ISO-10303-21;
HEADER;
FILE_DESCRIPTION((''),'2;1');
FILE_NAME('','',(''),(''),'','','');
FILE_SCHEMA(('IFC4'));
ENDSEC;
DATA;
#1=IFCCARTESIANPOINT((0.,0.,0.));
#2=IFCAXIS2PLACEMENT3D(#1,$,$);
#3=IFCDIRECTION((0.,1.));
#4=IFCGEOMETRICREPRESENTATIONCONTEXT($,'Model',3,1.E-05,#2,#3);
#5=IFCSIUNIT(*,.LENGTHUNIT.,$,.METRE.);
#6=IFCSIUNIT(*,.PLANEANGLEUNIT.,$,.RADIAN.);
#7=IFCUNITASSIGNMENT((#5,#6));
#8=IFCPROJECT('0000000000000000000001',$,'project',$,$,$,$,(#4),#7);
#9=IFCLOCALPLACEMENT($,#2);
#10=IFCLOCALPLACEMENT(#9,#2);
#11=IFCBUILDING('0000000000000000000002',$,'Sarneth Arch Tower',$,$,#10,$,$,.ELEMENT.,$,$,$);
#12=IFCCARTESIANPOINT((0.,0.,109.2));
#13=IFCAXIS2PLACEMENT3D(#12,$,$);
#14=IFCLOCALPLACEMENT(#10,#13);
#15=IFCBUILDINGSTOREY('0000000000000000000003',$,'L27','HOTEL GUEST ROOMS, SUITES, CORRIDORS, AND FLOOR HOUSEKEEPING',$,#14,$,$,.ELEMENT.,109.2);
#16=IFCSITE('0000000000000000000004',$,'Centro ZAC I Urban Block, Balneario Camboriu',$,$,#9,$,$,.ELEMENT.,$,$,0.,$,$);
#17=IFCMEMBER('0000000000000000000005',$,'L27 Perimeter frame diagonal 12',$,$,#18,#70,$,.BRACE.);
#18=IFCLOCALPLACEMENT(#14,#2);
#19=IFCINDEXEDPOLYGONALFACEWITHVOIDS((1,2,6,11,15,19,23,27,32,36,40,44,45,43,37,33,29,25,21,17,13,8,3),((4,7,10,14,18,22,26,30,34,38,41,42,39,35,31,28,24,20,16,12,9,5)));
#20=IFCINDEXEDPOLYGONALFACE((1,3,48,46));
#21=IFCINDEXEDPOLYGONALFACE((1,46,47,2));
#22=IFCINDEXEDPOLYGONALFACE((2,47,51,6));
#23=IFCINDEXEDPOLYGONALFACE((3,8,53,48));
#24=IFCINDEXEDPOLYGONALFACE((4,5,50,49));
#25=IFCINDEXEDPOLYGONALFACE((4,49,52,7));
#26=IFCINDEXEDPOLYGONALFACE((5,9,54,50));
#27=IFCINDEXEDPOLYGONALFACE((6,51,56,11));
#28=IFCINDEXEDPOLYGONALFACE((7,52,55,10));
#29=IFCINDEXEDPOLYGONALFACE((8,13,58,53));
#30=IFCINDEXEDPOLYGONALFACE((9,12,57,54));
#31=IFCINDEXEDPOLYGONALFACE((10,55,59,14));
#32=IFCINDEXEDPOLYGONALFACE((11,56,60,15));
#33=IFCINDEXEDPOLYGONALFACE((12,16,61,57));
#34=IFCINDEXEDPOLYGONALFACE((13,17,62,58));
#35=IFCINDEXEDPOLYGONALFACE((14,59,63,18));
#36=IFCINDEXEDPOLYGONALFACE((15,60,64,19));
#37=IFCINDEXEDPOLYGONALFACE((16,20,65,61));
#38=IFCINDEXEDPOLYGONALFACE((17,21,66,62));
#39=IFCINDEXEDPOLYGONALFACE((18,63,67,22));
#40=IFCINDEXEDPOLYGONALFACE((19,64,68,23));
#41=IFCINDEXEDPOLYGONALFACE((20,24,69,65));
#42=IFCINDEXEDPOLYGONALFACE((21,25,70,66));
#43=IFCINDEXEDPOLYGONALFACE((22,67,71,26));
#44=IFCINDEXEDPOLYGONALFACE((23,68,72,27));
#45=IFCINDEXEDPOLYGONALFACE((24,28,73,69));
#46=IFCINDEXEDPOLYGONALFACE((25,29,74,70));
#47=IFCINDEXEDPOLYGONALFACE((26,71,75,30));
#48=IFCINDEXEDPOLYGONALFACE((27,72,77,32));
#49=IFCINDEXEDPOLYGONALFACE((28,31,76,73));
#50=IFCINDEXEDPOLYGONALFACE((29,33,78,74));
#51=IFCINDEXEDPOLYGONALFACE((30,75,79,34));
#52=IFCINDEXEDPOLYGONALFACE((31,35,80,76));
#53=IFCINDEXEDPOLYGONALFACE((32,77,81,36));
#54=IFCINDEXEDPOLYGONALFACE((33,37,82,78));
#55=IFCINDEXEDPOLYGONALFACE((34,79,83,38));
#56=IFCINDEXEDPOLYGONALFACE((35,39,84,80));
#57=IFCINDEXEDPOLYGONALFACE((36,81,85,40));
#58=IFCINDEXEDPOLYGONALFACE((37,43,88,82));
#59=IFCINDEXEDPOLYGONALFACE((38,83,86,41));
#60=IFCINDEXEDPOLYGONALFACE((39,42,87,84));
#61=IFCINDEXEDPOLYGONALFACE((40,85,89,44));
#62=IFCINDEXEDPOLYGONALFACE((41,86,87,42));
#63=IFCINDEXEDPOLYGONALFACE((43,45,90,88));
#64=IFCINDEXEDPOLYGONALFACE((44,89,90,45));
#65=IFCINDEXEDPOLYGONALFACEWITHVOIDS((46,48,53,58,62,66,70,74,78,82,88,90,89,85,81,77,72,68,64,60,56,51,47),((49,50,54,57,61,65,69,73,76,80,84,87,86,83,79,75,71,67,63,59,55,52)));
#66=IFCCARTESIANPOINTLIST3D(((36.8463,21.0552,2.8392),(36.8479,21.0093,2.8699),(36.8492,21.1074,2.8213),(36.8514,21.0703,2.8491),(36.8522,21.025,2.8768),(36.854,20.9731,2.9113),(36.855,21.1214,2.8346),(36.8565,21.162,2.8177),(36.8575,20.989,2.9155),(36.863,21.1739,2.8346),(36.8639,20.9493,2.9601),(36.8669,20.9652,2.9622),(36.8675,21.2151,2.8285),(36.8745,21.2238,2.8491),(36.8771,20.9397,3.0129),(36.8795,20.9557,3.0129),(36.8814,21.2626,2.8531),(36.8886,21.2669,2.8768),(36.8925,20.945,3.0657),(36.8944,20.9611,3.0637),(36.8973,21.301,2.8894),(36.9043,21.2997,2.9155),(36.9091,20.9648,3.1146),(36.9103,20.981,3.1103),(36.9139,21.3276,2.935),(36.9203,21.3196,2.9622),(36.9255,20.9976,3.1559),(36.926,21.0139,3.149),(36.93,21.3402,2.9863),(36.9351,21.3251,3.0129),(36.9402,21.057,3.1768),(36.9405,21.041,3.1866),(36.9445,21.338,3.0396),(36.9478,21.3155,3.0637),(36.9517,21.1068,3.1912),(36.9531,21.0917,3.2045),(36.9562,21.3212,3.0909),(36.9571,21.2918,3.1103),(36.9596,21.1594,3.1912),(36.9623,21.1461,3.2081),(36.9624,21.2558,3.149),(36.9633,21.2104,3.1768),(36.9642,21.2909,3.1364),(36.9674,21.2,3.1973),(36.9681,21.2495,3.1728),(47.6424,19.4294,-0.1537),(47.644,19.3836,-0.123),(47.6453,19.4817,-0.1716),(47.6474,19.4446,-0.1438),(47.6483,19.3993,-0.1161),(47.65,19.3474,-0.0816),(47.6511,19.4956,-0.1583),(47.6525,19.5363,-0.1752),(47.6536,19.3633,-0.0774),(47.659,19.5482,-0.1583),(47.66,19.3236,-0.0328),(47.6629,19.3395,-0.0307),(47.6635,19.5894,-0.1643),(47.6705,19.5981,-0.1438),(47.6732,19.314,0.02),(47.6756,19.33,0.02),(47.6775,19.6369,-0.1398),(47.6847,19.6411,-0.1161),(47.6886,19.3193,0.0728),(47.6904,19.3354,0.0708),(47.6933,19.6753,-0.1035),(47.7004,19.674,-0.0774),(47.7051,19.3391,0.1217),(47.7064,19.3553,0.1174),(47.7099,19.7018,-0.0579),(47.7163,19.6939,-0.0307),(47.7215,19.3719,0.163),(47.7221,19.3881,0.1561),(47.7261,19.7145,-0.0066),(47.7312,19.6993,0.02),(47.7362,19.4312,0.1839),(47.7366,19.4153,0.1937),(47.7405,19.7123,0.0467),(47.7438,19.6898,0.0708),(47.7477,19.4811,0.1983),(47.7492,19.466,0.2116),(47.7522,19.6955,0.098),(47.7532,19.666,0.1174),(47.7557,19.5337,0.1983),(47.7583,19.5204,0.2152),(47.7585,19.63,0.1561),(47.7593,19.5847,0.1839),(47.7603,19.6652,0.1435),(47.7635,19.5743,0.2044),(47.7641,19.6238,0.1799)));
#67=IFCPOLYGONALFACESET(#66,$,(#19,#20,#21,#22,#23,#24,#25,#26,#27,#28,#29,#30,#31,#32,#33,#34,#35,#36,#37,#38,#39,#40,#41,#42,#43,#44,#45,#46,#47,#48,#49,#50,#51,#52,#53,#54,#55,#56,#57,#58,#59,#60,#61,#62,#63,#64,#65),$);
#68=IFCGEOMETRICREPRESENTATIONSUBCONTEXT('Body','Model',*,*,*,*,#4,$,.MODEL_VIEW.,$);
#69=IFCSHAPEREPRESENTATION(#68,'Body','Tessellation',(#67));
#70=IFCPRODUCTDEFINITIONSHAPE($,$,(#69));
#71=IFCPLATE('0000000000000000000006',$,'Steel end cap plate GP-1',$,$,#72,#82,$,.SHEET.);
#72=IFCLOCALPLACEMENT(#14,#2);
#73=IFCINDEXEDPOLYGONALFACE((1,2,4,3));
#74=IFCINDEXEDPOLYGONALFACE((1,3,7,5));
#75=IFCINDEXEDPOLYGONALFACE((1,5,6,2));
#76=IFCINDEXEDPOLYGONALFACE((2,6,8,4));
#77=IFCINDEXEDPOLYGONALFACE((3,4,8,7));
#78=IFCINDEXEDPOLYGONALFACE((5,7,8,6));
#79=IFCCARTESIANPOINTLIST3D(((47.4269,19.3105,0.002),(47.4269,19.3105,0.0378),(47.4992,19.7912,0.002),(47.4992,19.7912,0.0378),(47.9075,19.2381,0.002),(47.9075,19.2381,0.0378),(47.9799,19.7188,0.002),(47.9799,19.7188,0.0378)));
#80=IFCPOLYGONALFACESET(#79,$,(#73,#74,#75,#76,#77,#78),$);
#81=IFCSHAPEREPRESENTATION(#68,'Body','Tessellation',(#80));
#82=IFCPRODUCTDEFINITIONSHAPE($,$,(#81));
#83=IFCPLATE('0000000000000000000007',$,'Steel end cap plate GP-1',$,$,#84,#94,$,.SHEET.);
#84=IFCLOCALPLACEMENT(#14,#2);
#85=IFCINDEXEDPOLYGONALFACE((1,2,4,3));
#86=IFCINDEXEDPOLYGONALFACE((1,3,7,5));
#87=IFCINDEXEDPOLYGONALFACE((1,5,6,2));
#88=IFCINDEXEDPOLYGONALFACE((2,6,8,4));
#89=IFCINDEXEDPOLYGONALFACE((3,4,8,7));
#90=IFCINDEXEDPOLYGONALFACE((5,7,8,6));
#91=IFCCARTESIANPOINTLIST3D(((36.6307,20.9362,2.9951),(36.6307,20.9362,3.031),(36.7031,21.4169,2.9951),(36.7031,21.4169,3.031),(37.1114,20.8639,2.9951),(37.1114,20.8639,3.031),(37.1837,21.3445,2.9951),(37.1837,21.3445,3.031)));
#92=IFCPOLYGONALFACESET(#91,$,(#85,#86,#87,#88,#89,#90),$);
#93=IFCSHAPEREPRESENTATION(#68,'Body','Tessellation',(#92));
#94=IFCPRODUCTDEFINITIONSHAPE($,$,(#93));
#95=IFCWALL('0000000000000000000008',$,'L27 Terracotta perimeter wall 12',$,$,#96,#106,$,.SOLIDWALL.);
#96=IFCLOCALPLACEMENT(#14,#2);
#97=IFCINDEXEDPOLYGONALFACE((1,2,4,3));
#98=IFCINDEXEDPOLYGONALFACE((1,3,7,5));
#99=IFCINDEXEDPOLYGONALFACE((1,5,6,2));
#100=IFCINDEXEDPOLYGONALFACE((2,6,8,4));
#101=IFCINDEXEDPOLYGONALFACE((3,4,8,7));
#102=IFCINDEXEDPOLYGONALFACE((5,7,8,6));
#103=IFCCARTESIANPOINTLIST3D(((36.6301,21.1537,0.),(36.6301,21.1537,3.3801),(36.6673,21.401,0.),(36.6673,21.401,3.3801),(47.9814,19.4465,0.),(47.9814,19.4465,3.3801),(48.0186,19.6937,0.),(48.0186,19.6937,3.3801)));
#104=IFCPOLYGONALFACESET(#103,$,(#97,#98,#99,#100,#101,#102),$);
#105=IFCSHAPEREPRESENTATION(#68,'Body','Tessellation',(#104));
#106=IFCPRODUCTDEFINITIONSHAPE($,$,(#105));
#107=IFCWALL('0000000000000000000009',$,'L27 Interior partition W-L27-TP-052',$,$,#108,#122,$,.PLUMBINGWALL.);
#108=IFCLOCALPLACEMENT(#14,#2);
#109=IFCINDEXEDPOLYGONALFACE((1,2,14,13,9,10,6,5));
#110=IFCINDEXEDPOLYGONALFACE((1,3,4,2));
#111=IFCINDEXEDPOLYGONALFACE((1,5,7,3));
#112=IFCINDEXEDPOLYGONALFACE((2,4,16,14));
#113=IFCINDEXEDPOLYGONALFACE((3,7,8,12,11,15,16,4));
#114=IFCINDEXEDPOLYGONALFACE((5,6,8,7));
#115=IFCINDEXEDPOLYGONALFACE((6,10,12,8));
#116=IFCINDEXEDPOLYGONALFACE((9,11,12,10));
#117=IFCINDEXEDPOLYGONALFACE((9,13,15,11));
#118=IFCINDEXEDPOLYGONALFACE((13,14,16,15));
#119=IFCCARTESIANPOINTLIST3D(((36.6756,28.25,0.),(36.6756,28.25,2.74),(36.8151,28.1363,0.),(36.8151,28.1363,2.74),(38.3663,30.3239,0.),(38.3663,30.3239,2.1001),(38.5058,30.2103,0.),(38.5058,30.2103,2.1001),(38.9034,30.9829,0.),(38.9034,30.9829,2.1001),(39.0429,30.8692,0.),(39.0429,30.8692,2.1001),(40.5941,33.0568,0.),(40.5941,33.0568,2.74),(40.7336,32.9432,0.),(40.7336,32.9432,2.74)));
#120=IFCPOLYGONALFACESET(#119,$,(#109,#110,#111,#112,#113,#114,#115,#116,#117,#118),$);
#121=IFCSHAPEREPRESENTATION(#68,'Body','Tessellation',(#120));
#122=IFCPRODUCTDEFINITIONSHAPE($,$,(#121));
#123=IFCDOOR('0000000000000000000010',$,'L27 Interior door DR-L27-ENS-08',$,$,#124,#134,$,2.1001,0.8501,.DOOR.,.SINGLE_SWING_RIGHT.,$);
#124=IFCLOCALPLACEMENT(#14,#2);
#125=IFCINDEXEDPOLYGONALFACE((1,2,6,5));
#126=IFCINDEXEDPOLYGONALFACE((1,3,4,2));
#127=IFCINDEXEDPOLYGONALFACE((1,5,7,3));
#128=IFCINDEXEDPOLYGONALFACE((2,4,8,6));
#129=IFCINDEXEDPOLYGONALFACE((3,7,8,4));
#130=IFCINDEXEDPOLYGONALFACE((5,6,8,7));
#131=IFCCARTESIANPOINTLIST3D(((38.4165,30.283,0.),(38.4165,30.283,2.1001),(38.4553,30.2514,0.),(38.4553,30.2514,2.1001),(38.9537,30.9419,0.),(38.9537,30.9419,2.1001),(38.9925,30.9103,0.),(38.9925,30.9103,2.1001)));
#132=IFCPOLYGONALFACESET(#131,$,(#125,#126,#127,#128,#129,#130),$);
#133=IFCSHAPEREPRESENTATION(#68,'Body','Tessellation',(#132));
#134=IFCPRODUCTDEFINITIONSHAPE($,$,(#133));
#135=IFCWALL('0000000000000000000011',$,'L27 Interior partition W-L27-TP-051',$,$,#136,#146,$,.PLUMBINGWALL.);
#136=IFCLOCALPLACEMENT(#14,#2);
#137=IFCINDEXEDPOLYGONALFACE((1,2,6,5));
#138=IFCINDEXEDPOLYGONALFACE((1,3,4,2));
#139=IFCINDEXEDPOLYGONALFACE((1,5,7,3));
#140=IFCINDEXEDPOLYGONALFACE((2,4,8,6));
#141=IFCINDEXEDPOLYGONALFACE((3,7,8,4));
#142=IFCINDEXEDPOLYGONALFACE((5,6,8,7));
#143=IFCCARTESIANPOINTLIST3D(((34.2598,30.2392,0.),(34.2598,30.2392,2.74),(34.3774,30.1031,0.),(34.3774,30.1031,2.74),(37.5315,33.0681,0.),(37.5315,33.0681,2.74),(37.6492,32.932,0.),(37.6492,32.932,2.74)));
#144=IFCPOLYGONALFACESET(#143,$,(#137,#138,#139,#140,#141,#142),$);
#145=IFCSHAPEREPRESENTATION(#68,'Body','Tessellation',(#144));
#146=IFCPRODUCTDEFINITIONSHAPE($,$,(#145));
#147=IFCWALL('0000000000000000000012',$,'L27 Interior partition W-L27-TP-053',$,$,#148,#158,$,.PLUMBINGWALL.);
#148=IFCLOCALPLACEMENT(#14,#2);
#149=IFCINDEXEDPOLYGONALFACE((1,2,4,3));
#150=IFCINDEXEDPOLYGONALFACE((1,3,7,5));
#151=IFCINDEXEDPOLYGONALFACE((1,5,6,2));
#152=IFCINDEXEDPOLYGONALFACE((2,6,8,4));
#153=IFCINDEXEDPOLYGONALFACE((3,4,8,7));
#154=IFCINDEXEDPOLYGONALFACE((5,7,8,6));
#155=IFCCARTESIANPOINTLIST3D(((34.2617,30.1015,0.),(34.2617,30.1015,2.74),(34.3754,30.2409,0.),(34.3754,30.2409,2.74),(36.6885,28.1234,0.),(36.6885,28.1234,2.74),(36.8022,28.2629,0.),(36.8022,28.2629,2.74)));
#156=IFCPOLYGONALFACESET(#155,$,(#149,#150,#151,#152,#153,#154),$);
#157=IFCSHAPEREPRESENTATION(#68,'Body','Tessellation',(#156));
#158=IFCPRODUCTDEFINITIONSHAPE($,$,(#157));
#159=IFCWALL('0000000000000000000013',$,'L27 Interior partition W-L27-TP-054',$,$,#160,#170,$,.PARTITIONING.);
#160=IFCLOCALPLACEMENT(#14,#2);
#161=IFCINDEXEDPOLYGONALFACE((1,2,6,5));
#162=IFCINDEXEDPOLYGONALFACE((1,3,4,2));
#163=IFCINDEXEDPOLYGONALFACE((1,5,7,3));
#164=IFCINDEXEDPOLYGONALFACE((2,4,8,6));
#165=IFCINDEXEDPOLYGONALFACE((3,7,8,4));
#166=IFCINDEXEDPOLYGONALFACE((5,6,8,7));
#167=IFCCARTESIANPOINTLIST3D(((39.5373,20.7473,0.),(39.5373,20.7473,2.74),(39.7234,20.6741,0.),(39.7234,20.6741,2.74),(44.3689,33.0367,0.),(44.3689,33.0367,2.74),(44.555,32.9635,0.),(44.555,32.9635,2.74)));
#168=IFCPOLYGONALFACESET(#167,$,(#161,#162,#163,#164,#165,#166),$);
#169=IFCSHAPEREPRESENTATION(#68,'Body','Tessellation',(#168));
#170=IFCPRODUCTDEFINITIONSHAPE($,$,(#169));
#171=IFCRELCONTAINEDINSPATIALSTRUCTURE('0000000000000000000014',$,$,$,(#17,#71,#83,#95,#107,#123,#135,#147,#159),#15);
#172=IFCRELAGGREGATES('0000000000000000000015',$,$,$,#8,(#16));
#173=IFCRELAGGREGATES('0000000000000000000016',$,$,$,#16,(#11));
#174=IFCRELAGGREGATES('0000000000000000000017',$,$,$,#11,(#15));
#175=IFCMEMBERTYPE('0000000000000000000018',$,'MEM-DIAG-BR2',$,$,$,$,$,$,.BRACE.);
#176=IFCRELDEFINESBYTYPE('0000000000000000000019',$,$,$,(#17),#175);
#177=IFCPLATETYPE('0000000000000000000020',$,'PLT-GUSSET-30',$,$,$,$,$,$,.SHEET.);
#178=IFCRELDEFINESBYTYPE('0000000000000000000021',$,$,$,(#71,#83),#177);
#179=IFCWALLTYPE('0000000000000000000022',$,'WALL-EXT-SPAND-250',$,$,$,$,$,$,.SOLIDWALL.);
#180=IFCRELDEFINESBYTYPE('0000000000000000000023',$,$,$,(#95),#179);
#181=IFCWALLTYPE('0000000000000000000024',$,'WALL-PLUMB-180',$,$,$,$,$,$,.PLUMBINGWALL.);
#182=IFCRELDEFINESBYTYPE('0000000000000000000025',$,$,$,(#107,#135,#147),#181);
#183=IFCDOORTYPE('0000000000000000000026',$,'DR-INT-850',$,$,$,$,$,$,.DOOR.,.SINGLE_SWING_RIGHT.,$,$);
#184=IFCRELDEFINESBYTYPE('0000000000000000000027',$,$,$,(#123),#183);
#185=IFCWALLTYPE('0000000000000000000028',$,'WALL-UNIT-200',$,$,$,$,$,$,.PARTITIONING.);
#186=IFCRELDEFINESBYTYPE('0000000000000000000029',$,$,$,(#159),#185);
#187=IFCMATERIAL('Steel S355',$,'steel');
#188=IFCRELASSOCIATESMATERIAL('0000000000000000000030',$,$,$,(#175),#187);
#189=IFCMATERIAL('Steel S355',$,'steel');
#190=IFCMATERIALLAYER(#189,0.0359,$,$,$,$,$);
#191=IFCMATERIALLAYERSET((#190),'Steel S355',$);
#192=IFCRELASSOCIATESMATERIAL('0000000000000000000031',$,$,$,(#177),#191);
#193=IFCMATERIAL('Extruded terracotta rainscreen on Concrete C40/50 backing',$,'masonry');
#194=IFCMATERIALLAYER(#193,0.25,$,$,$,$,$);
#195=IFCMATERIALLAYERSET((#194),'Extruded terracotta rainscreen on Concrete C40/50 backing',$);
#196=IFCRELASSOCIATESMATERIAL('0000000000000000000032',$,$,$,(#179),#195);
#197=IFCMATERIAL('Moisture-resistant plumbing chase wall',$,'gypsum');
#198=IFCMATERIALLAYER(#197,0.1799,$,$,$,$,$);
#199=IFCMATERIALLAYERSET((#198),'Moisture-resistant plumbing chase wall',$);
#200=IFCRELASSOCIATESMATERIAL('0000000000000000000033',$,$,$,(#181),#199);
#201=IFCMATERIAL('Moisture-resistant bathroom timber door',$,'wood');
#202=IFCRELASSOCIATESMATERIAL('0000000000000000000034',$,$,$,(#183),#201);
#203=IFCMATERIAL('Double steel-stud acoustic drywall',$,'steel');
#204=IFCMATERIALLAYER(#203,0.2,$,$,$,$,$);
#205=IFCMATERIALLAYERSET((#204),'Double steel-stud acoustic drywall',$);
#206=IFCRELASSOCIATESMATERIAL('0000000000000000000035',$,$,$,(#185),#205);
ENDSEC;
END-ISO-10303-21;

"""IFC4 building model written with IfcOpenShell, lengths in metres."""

from ifc_helpers import new_model, si_unit, direction, frame, frame_2d, origin, origin_2d, place, context, subcontext, project, spatial, rectangle, hollow_circle, extrude, material, layer, layer_set, material_profile, profile_set, type_object, element, fill, save


model = new_model("IFC4")

# Units and contexts
model_context = context("Model", 3, precision=1e-05, world=origin(), true_north=direction((0.0, 1.0)))
body_context = subcontext(model_context, "Body", "Model", "MODEL_VIEW")
ifc_project = project(units=[si_unit("LENGTHUNIT", "METRE"), si_unit("PLANEANGLEUNIT", "RADIAN")], contexts=[model_context])

# Site, building, storey
site_placement = place(None, origin())
site = spatial("IfcSite", under=ifc_project, at=site_placement, Name="Centro ZAC I Urban Block, Balneario Camboriu", CompositionType="ELEMENT", RefElevation=0.0)
building_placement = place(site_placement, origin())
building = spatial("IfcBuilding", under=site, at=building_placement, Name="Sarneth Arch Tower", CompositionType="ELEMENT")
storey_placement = place(building_placement, frame((0.0, 0.0, 109.2)))
storey = spatial("IfcBuildingStorey", under=building, at=storey_placement, Name="L27", Description="HOTEL GUEST ROOMS, SUITES, CORRIDORS, AND FLOOR HOUSEKEEPING", CompositionType="ELEMENT", Elevation=109.2)

# Member
ifc_material_1 = material(Name="Steel S355", Category="steel")
ifc_material_profile_1 = material_profile(ifc_material_1, hollow_circle(Radius=0.2029, WallThickness=0.0161, at=origin_2d()), Name="CHS406x16")
ifc_profile_set_1 = profile_set([ifc_material_profile_1], Name="Steel S355")
member_type_1 = type_object("IfcMemberType", Name="MEM-DIAG-BR2", PredefinedType="BRACE", material=ifc_profile_set_1)
member_1_placement = place(storey_placement, frame((47.7034, 19.5146, 0.02), z_axis=(-0.953668, 0.143608, 0.264377), x_axis=(-0.148906, -0.988851, 0.0)))
element("IfcMember", 1, at=member_1_placement, inside=storey, type_object=member_type_1, Name="L27 Perimeter frame diagonal 12", PredefinedType="BRACE", context=body_context, shape_type="SweptSolid", body=[
    extrude(hollow_circle(Radius=0.2029, WallThickness=0.0161, at=origin_2d()), origin(), (0.0, 0.0, 1.0), 11.3206),
])

# Plates
ifc_material_2 = material(Name="Steel S355", Category="steel")
ifc_layer_1 = layer(ifc_material_2, 0.0359)
ifc_layer_set_1 = layer_set([ifc_layer_1], Name="Steel S355")
plate_type = type_object("IfcPlateType", Name="PLT-GUSSET-30", PredefinedType="SHEET", material=ifc_layer_set_1)
for number, where, z_axis, x_axis, name in (
    (2, (47.7034, 19.5146, 0.002), (0.0, 0.0, 1.0), (0.988861, -0.148845, 0.0), "Steel end cap plate GP-1"),
    (3, (36.9072, 21.1404, 2.9951), (0.0, 0.0, 1.0), (0.988861, -0.148845, 0.0), "Steel end cap plate GP-1"),
):
    element("IfcPlate", number, at=place(storey_placement, frame(where, z_axis=z_axis, x_axis=x_axis)), inside=storey, type_object=plate_type, Name=name, PredefinedType="SHEET", context=body_context, shape_type="SweptSolid", body=[
        extrude(rectangle(XDim=0.4861, YDim=0.4861, at=origin_2d()), origin(), (0.0, 0.0, 1.0), 0.0359),
    ])

# Wall
ifc_material_3 = material(Name="Extruded terracotta rainscreen on Concrete C40/50 backing", Category="masonry")
ifc_layer_2 = layer(ifc_material_3, 0.25)
ifc_layer_set_2 = layer_set([ifc_layer_2], Name="Extruded terracotta rainscreen on Concrete C40/50 backing")
wall_type_1 = type_object("IfcWallType", Name="WALL-EXT-SPAND-250", PredefinedType="SOLIDWALL", material=ifc_layer_set_2)
wall_1_placement = place(storey_placement, frame((36.6487, 21.2773, 0.0), z_axis=(0.0, 0.0, 1.0), x_axis=(0.988878, -0.14873, 0.0)))
element("IfcWall", 4, at=wall_1_placement, inside=storey, type_object=wall_type_1, Name="L27 Terracotta perimeter wall 12", PredefinedType="SOLIDWALL", context=body_context, shape_type="SweptSolid", body=[
    extrude(rectangle(XDim=11.479, YDim=0.25, at=frame_2d((5.7395, 0.0))), origin(), (0.0, 0.0, 1.0), 3.3801),
])

# Wall, opening, door
ifc_material_4 = material(Name="Moisture-resistant plumbing chase wall", Category="gypsum")
ifc_layer_3 = layer(ifc_material_4, 0.1799)
ifc_layer_set_3 = layer_set([ifc_layer_3], Name="Moisture-resistant plumbing chase wall")
wall_type_2 = type_object("IfcWallType", Name="WALL-PLUMB-180", PredefinedType="PLUMBINGWALL", material=ifc_layer_set_3)
wall_2_placement = place(storey_placement, frame((40.6638, 33.0, 0.0), z_axis=(0.0, 0.0, 1.0), x_axis=(-0.631841, -0.775098, 0.0)))
wall_2 = element("IfcWall", 5, at=wall_2_placement, inside=storey, type_object=wall_type_2, Name="L27 Interior partition W-L27-TP-052", PredefinedType="PLUMBINGWALL", context=body_context, shape_type="SweptSolid", body=[
    extrude(rectangle(XDim=6.2017, YDim=0.1799, at=frame_2d((3.1008, 0.0))), origin(), (0.0, 0.0, 1.0), 2.74),
])
opening_1_placement = place(wall_2_placement, frame((2.6758, 0.0, 0.0)))
opening_1 = element("IfcOpeningElement", 6, at=opening_1_placement, cuts=wall_2, PredefinedType="OPENING", context=body_context, shape_type="SweptSolid", body=[
    extrude(rectangle(XDim=0.8501, YDim=2.1001, at=frame_2d((0.425, 1.05))), frame((0.0, 0.0999, 0.0), z_axis=(0.0, -1.0, 0.0), x_axis=(1.0, 0.0, 0.0)), (0.0, 0.0, 1.0), 0.2),
])
ifc_material_5 = material(Name="Moisture-resistant bathroom timber door", Category="wood")
door_type_1 = type_object("IfcDoorType", Name="DR-INT-850", OperationType="SINGLE_SWING_RIGHT", PredefinedType="DOOR", material=ifc_material_5)
door_1_placement = place(opening_1_placement, origin())
door_1 = element("IfcDoor", 7, at=door_1_placement, inside=storey, type_object=door_type_1, Name="L27 Interior door DR-L27-ENS-08", OperationType="SINGLE_SWING_RIGHT", OverallHeight=2.1001, OverallWidth=0.8501, PredefinedType="DOOR", context=body_context, shape_type="SweptSolid", body=[
    extrude(rectangle(XDim=0.8501, YDim=2.1001, at=frame_2d((0.425, 1.05))), frame((0.0, 0.0249, 0.0), z_axis=(0.0, -1.0, 0.0), x_axis=(1.0, 0.0, 0.0)), (0.0, 0.0, 1.0), 0.05),
])
fill(opening_1, door_1)

# Walls
wall_3_placement = place(storey_placement, frame((34.3186, 30.1711, 0.0), z_axis=(0.0, 0.0, 1.0), x_axis=(0.756448, 0.654053, 0.0)))
element("IfcWall", 8, at=wall_3_placement, inside=storey, type_object=wall_type_2, Name="L27 Interior partition W-L27-TP-051", PredefinedType="PLUMBINGWALL", context=body_context, shape_type="SweptSolid", body=[
    extrude(rectangle(XDim=4.3252, YDim=0.1799, at=frame_2d((2.1626, 0.0))), origin(), (0.0, 0.0, 1.0), 2.74),
])
wall_4_placement = place(storey_placement, frame((36.7454, 28.1931, 0.0), z_axis=(0.0, 0.0, 1.0), x_axis=(-0.77513, 0.631801, 0.0)))
element("IfcWall", 9, at=wall_4_placement, inside=storey, type_object=wall_type_2, Name="L27 Interior partition W-L27-TP-053", PredefinedType="PLUMBINGWALL", context=body_context, shape_type="SweptSolid", body=[
    extrude(rectangle(XDim=3.1309, YDim=0.1799, at=frame_2d((1.5654, 0.0))), origin(), (0.0, 0.0, 1.0), 2.74),
])
ifc_material_6 = material(Name="Double steel-stud acoustic drywall", Category="steel")
ifc_layer_4 = layer(ifc_material_6, 0.2)
ifc_layer_set_4 = layer_set([ifc_layer_4], Name="Double steel-stud acoustic drywall")
wall_type_3 = type_object("IfcWallType", Name="WALL-UNIT-200", PredefinedType="PARTITIONING", material=ifc_layer_set_4)
wall_5_placement = place(storey_placement, frame((39.6304, 20.7107, 0.0), z_axis=(0.0, 0.0, 1.0), x_axis=(0.365889, 0.930659, 0.0)))
element("IfcWall", 10, at=wall_5_placement, inside=storey, type_object=wall_type_3, Name="L27 Interior partition W-L27-TP-054", PredefinedType="PARTITIONING", context=body_context, shape_type="SweptSolid", body=[
    extrude(rectangle(XDim=13.2051, YDim=0.2, at=frame_2d((6.6025, 0.0))), origin(), (0.0, 0.0, 1.0), 2.74),
])

save(model, "model.ifc")
